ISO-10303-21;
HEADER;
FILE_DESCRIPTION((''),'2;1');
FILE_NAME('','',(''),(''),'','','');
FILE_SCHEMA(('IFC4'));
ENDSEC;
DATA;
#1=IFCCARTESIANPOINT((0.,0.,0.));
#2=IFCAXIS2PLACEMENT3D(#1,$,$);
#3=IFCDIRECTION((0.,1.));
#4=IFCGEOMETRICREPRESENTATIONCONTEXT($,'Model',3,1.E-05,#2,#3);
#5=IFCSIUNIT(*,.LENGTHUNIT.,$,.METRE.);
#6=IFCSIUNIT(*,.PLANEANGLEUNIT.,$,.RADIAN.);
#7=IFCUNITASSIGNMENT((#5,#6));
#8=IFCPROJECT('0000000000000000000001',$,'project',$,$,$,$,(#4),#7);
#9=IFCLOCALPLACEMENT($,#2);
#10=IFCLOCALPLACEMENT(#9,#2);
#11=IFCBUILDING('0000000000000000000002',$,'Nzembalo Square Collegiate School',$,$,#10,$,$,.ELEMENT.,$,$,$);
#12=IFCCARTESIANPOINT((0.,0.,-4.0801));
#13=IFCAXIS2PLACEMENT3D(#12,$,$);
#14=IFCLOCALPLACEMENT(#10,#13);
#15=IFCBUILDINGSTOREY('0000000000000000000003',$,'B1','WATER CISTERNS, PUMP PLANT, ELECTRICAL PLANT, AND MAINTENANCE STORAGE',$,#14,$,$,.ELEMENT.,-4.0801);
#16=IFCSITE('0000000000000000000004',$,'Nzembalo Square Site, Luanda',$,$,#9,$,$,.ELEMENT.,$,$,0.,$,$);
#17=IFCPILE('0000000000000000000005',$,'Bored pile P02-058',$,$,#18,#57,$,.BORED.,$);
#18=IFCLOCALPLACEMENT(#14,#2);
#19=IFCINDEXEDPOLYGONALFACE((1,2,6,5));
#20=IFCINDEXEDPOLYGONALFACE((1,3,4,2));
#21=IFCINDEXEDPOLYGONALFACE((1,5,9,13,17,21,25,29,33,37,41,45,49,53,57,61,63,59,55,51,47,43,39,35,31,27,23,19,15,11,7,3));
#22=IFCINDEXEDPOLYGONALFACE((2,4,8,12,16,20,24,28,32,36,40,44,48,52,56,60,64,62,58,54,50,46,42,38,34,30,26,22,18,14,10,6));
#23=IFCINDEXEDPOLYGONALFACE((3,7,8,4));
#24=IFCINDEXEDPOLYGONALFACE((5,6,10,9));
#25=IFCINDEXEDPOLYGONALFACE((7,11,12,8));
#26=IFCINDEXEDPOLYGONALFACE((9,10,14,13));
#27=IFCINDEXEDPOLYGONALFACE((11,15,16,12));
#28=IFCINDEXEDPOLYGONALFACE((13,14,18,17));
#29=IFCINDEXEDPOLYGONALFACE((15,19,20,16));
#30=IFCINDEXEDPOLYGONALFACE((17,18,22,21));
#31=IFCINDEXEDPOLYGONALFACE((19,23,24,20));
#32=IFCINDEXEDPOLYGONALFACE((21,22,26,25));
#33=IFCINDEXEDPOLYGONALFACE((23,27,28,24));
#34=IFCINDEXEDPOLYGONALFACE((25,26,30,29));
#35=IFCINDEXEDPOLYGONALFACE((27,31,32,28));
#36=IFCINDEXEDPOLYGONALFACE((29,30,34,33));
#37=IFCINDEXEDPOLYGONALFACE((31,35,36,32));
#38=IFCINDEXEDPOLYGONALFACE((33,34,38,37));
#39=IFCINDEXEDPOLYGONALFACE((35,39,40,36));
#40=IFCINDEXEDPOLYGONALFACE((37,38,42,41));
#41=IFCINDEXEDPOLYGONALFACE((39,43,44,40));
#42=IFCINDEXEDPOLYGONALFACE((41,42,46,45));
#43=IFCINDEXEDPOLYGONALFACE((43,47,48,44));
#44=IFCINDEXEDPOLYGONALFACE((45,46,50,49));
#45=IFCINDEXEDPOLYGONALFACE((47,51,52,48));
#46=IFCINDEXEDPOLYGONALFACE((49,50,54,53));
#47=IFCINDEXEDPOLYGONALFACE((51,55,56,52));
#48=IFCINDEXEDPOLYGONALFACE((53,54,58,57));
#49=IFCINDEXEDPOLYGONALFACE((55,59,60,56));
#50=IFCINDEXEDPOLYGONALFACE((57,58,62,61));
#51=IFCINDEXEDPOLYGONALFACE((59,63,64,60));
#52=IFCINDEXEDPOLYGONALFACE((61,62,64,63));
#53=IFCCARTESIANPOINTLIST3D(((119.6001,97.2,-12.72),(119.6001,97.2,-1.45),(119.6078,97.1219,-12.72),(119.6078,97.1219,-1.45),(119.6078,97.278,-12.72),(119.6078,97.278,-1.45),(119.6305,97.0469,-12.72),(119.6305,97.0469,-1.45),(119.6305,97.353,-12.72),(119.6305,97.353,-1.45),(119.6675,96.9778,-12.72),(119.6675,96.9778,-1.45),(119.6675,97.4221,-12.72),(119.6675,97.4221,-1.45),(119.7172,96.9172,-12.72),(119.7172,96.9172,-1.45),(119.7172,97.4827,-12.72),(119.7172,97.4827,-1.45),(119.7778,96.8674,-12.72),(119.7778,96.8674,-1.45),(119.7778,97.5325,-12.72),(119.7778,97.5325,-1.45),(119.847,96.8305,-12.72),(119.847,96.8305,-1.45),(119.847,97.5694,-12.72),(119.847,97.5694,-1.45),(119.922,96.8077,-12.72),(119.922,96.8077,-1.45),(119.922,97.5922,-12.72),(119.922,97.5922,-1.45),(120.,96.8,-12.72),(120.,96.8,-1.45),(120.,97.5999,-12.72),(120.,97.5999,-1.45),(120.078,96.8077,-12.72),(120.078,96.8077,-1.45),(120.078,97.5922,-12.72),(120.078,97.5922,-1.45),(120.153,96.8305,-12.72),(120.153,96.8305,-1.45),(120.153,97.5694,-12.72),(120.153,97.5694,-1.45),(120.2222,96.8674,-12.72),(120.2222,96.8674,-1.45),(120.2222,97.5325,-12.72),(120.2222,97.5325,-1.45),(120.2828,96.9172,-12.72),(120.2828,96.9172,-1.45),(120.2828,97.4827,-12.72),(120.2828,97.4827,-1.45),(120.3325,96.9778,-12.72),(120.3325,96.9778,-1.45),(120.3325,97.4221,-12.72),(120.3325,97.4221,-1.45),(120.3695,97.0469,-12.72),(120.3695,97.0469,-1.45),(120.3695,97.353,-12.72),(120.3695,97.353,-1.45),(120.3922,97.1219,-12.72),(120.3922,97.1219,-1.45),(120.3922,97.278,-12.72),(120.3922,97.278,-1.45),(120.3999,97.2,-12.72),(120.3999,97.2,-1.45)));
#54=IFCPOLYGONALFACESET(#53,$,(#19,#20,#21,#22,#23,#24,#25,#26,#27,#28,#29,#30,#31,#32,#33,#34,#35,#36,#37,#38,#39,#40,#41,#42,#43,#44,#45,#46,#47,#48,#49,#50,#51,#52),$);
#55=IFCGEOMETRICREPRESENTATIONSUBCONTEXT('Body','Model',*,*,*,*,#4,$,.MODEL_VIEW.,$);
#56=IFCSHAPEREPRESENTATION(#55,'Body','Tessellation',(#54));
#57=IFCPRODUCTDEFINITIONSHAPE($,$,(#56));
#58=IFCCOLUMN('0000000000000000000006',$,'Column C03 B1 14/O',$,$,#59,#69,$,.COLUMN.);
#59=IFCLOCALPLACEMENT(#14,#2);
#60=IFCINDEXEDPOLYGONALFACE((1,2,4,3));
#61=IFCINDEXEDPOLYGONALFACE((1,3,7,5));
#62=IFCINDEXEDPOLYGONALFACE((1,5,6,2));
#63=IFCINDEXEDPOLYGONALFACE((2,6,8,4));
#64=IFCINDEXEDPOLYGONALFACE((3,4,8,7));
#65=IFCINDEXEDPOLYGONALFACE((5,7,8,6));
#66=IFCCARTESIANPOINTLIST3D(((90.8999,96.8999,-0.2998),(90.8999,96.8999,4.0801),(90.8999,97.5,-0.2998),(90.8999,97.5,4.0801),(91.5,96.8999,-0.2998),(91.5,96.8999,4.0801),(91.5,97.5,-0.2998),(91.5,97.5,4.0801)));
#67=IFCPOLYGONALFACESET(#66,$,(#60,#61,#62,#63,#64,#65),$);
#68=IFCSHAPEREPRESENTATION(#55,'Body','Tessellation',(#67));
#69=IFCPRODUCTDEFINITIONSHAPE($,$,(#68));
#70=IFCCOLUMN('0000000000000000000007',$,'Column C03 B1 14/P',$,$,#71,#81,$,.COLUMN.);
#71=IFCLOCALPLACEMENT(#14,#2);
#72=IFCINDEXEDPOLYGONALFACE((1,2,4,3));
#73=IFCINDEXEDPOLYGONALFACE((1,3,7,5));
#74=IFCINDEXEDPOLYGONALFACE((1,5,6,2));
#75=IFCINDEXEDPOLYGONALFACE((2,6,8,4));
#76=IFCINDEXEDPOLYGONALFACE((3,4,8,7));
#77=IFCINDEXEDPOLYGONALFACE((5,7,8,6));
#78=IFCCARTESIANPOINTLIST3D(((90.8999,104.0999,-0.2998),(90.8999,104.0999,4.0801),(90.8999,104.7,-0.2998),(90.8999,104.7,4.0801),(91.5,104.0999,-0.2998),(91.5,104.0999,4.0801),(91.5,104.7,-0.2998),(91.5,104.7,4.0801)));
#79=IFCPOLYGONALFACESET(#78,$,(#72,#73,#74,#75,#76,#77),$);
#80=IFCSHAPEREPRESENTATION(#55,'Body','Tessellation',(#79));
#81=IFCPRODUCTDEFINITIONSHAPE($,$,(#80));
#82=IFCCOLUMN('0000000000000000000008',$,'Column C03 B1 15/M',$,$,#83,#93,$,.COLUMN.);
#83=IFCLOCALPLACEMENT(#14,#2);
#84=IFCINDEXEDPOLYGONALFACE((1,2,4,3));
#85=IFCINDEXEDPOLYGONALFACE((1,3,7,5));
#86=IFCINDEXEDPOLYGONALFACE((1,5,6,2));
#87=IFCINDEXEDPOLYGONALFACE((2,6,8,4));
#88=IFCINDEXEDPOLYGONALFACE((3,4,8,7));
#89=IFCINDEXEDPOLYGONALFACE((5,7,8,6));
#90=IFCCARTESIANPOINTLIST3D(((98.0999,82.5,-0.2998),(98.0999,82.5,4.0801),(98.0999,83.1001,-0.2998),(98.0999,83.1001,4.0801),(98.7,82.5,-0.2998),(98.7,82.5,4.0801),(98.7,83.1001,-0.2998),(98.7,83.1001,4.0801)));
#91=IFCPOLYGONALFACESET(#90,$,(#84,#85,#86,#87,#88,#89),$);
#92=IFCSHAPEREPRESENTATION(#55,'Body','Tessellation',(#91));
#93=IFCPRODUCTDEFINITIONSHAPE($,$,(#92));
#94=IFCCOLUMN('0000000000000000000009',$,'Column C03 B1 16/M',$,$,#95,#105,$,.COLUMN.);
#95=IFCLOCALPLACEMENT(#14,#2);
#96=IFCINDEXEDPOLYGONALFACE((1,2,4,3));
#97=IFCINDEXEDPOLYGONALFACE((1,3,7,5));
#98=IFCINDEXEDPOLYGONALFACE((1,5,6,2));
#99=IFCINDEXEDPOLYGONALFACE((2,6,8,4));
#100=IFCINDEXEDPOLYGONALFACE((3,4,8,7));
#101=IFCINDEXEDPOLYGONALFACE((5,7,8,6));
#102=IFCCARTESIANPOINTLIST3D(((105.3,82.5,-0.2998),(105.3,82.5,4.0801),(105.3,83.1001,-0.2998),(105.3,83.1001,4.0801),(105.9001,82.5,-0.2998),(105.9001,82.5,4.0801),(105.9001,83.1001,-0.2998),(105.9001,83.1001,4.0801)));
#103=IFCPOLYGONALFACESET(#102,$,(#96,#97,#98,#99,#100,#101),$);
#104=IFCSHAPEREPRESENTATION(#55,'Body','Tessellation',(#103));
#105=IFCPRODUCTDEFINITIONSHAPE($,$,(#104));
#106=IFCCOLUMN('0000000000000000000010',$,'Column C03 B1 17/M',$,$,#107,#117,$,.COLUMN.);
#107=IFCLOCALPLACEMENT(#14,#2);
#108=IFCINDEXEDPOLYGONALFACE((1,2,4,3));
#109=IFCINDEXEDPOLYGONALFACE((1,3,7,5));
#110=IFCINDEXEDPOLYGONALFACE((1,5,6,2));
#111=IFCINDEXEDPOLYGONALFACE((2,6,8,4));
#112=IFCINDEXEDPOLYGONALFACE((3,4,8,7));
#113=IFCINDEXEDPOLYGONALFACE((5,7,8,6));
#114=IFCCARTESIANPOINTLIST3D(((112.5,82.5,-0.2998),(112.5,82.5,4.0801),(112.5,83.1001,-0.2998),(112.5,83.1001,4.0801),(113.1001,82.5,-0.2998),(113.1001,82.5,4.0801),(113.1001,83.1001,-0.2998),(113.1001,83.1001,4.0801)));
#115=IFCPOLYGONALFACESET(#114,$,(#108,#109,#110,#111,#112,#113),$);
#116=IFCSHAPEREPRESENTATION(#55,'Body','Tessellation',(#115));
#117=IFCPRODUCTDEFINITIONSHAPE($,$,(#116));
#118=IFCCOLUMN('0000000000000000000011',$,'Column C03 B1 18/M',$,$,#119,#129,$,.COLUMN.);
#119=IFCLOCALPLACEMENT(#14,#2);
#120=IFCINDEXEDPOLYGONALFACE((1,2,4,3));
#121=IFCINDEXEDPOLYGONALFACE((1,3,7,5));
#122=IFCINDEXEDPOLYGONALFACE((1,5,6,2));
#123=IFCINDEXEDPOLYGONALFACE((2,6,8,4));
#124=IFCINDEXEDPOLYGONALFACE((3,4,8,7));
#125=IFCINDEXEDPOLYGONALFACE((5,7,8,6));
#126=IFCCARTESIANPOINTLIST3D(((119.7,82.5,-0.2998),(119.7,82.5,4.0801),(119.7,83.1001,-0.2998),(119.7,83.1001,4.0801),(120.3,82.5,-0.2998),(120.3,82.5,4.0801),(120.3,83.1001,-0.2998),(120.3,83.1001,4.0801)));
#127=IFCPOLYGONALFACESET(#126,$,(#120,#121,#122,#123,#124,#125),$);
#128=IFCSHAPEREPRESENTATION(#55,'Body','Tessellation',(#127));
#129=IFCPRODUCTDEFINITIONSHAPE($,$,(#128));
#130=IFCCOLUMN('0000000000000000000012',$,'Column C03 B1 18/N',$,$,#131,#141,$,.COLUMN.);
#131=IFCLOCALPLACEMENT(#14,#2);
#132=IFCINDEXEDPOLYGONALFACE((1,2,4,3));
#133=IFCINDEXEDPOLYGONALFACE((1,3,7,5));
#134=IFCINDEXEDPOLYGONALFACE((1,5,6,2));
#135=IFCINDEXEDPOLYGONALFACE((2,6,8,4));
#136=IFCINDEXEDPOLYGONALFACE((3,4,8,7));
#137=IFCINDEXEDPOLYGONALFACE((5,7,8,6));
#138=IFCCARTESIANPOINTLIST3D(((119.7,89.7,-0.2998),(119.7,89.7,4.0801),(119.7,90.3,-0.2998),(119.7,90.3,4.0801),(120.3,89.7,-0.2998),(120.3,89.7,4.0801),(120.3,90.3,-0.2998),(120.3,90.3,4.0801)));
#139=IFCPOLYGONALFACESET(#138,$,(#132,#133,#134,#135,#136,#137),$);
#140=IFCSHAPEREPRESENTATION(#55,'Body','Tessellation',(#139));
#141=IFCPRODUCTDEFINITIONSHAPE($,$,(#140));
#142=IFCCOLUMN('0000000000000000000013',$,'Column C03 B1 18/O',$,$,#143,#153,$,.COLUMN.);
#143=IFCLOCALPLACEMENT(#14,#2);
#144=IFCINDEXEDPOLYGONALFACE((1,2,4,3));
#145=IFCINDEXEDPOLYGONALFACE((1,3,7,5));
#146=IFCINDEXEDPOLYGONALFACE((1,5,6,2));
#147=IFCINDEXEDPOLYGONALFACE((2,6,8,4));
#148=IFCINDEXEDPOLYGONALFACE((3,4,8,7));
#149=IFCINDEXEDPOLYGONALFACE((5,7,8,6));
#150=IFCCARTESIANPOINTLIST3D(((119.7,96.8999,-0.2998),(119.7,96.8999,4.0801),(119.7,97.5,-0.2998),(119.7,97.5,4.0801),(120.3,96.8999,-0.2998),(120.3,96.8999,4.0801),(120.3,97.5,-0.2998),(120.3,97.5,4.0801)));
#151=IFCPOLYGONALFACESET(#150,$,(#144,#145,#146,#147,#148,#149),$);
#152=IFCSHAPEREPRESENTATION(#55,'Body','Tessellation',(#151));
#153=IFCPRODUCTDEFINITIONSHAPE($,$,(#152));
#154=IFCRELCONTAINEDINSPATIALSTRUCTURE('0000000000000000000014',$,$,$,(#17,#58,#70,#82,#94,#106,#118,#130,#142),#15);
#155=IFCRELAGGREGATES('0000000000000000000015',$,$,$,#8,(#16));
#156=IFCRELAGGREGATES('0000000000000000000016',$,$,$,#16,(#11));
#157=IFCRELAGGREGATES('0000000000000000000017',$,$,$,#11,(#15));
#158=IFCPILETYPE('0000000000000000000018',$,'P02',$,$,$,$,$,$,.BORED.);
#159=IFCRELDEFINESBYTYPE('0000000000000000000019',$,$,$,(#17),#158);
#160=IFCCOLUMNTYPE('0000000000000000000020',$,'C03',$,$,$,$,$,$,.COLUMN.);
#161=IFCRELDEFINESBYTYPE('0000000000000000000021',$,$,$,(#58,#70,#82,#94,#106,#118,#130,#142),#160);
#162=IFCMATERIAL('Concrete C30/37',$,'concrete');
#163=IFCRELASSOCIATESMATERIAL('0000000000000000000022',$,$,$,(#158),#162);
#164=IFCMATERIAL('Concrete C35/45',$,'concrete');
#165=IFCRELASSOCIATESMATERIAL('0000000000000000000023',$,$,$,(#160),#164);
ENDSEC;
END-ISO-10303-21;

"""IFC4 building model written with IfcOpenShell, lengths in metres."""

from ifc_helpers import new_model, si_unit, direction, frame, origin, origin_2d, place, context, subcontext, project, spatial, rectangle, circle, extrude, material, material_profile, profile_set, type_object, element, save


model = new_model("IFC4")

# Units and contexts
model_context = context("Model", 3, precision=1e-05, world=origin(), true_north=direction((0.0, 1.0)))
body_context = subcontext(model_context, "Body", "Model", "MODEL_VIEW")
ifc_project = project(units=[si_unit("LENGTHUNIT", "METRE"), si_unit("PLANEANGLEUNIT", "RADIAN")], contexts=[model_context])

# Site, building, storey
site_placement = place(None, origin())
site = spatial("IfcSite", under=ifc_project, at=site_placement, Name="Nzembalo Square Site, Luanda", CompositionType="ELEMENT", RefElevation=0.0)
building_placement = place(site_placement, origin())
building = spatial("IfcBuilding", under=site, at=building_placement, Name="Nzembalo Square Collegiate School", CompositionType="ELEMENT")
storey_placement = place(building_placement, frame((0.0, 0.0, -4.0801)))
storey = spatial("IfcBuildingStorey", under=building, at=storey_placement, Name="B1", Description="WATER CISTERNS, PUMP PLANT, ELECTRICAL PLANT, AND MAINTENANCE STORAGE", CompositionType="ELEMENT", Elevation=-4.0801)

# Pile
ifc_material_1 = material(Name="Concrete C30/37", Category="concrete")
ifc_material_profile_1 = material_profile(ifc_material_1, circle(Radius=0.3999, at=origin_2d()), Name="PILE D800")
ifc_profile_set_1 = profile_set([ifc_material_profile_1], Name="Concrete C30/37")
pile_type_1 = type_object("IfcPileType", Name="P02", PredefinedType="BORED", material=ifc_profile_set_1)
for number, where, z_axis, x_axis, name in (
    (1, (120.0, 97.2, -1.45), (0.0, 0.0, -1.0), (1.0, 0.0, 0.0), "Bored pile P02-058"),
):
    element("IfcPile", number, at=place(storey_placement, frame(where, z_axis=z_axis, x_axis=x_axis)), inside=storey, type_object=pile_type_1, Name=name, PredefinedType="BORED", context=body_context, shape_type="SweptSolid", body=[
        extrude(circle(Radius=0.3999, at=origin_2d()), origin(), (0.0, 0.0, 1.0), 11.27),
    ])

# Columns
ifc_material_2 = material(Name="Concrete C35/45", Category="concrete")
ifc_material_profile_2 = material_profile(ifc_material_2, rectangle(XDim=0.6001, YDim=0.6001, at=origin_2d()), Name="RC 600x600")
ifc_profile_set_2 = profile_set([ifc_material_profile_2], Name="Concrete C35/45")
column_type = type_object("IfcColumnType", Name="C03", PredefinedType="COLUMN", material=ifc_profile_set_2)
for number, where, z_axis, x_axis, name in (
    (2, (91.2, 97.2, -0.2998), (0.0, 0.0, 1.0), (1.0, 0.0, 0.0), "Column C03 B1 14/O"),
    (3, (91.2, 104.3999, -0.2998), (0.0, 0.0, 1.0), (1.0, 0.0, 0.0), "Column C03 B1 14/P"),
    (4, (98.3999, 82.8, -0.2998), (0.0, 0.0, 1.0), (1.0, 0.0, 0.0), "Column C03 B1 15/M"),
    (5, (105.6001, 82.8, -0.2998), (0.0, 0.0, 1.0), (1.0, 0.0, 0.0), "Column C03 B1 16/M"),
    (6, (112.8, 82.8, -0.2998), (0.0, 0.0, 1.0), (1.0, 0.0, 0.0), "Column C03 B1 17/M"),
    (7, (120.0, 82.8, -0.2998), (0.0, 0.0, 1.0), (1.0, 0.0, 0.0), "Column C03 B1 18/M"),
    (8, (120.0, 90.0, -0.2998), (0.0, 0.0, 1.0), (1.0, 0.0, 0.0), "Column C03 B1 18/N"),
    (9, (120.0, 97.2, -0.2998), (0.0, 0.0, 1.0), (1.0, 0.0, 0.0), "Column C03 B1 18/O"),
):
    element("IfcColumn", number, at=place(storey_placement, frame(where, z_axis=z_axis, x_axis=x_axis)), inside=storey, type_object=column_type, Name=name, PredefinedType="COLUMN", context=body_context, shape_type="SweptSolid", body=[
        extrude(rectangle(XDim=0.6001, YDim=0.6001, at=origin_2d()), origin(), (0.0, 0.0, 1.0), 4.3799),
    ])

save(model, "model.ifc")
